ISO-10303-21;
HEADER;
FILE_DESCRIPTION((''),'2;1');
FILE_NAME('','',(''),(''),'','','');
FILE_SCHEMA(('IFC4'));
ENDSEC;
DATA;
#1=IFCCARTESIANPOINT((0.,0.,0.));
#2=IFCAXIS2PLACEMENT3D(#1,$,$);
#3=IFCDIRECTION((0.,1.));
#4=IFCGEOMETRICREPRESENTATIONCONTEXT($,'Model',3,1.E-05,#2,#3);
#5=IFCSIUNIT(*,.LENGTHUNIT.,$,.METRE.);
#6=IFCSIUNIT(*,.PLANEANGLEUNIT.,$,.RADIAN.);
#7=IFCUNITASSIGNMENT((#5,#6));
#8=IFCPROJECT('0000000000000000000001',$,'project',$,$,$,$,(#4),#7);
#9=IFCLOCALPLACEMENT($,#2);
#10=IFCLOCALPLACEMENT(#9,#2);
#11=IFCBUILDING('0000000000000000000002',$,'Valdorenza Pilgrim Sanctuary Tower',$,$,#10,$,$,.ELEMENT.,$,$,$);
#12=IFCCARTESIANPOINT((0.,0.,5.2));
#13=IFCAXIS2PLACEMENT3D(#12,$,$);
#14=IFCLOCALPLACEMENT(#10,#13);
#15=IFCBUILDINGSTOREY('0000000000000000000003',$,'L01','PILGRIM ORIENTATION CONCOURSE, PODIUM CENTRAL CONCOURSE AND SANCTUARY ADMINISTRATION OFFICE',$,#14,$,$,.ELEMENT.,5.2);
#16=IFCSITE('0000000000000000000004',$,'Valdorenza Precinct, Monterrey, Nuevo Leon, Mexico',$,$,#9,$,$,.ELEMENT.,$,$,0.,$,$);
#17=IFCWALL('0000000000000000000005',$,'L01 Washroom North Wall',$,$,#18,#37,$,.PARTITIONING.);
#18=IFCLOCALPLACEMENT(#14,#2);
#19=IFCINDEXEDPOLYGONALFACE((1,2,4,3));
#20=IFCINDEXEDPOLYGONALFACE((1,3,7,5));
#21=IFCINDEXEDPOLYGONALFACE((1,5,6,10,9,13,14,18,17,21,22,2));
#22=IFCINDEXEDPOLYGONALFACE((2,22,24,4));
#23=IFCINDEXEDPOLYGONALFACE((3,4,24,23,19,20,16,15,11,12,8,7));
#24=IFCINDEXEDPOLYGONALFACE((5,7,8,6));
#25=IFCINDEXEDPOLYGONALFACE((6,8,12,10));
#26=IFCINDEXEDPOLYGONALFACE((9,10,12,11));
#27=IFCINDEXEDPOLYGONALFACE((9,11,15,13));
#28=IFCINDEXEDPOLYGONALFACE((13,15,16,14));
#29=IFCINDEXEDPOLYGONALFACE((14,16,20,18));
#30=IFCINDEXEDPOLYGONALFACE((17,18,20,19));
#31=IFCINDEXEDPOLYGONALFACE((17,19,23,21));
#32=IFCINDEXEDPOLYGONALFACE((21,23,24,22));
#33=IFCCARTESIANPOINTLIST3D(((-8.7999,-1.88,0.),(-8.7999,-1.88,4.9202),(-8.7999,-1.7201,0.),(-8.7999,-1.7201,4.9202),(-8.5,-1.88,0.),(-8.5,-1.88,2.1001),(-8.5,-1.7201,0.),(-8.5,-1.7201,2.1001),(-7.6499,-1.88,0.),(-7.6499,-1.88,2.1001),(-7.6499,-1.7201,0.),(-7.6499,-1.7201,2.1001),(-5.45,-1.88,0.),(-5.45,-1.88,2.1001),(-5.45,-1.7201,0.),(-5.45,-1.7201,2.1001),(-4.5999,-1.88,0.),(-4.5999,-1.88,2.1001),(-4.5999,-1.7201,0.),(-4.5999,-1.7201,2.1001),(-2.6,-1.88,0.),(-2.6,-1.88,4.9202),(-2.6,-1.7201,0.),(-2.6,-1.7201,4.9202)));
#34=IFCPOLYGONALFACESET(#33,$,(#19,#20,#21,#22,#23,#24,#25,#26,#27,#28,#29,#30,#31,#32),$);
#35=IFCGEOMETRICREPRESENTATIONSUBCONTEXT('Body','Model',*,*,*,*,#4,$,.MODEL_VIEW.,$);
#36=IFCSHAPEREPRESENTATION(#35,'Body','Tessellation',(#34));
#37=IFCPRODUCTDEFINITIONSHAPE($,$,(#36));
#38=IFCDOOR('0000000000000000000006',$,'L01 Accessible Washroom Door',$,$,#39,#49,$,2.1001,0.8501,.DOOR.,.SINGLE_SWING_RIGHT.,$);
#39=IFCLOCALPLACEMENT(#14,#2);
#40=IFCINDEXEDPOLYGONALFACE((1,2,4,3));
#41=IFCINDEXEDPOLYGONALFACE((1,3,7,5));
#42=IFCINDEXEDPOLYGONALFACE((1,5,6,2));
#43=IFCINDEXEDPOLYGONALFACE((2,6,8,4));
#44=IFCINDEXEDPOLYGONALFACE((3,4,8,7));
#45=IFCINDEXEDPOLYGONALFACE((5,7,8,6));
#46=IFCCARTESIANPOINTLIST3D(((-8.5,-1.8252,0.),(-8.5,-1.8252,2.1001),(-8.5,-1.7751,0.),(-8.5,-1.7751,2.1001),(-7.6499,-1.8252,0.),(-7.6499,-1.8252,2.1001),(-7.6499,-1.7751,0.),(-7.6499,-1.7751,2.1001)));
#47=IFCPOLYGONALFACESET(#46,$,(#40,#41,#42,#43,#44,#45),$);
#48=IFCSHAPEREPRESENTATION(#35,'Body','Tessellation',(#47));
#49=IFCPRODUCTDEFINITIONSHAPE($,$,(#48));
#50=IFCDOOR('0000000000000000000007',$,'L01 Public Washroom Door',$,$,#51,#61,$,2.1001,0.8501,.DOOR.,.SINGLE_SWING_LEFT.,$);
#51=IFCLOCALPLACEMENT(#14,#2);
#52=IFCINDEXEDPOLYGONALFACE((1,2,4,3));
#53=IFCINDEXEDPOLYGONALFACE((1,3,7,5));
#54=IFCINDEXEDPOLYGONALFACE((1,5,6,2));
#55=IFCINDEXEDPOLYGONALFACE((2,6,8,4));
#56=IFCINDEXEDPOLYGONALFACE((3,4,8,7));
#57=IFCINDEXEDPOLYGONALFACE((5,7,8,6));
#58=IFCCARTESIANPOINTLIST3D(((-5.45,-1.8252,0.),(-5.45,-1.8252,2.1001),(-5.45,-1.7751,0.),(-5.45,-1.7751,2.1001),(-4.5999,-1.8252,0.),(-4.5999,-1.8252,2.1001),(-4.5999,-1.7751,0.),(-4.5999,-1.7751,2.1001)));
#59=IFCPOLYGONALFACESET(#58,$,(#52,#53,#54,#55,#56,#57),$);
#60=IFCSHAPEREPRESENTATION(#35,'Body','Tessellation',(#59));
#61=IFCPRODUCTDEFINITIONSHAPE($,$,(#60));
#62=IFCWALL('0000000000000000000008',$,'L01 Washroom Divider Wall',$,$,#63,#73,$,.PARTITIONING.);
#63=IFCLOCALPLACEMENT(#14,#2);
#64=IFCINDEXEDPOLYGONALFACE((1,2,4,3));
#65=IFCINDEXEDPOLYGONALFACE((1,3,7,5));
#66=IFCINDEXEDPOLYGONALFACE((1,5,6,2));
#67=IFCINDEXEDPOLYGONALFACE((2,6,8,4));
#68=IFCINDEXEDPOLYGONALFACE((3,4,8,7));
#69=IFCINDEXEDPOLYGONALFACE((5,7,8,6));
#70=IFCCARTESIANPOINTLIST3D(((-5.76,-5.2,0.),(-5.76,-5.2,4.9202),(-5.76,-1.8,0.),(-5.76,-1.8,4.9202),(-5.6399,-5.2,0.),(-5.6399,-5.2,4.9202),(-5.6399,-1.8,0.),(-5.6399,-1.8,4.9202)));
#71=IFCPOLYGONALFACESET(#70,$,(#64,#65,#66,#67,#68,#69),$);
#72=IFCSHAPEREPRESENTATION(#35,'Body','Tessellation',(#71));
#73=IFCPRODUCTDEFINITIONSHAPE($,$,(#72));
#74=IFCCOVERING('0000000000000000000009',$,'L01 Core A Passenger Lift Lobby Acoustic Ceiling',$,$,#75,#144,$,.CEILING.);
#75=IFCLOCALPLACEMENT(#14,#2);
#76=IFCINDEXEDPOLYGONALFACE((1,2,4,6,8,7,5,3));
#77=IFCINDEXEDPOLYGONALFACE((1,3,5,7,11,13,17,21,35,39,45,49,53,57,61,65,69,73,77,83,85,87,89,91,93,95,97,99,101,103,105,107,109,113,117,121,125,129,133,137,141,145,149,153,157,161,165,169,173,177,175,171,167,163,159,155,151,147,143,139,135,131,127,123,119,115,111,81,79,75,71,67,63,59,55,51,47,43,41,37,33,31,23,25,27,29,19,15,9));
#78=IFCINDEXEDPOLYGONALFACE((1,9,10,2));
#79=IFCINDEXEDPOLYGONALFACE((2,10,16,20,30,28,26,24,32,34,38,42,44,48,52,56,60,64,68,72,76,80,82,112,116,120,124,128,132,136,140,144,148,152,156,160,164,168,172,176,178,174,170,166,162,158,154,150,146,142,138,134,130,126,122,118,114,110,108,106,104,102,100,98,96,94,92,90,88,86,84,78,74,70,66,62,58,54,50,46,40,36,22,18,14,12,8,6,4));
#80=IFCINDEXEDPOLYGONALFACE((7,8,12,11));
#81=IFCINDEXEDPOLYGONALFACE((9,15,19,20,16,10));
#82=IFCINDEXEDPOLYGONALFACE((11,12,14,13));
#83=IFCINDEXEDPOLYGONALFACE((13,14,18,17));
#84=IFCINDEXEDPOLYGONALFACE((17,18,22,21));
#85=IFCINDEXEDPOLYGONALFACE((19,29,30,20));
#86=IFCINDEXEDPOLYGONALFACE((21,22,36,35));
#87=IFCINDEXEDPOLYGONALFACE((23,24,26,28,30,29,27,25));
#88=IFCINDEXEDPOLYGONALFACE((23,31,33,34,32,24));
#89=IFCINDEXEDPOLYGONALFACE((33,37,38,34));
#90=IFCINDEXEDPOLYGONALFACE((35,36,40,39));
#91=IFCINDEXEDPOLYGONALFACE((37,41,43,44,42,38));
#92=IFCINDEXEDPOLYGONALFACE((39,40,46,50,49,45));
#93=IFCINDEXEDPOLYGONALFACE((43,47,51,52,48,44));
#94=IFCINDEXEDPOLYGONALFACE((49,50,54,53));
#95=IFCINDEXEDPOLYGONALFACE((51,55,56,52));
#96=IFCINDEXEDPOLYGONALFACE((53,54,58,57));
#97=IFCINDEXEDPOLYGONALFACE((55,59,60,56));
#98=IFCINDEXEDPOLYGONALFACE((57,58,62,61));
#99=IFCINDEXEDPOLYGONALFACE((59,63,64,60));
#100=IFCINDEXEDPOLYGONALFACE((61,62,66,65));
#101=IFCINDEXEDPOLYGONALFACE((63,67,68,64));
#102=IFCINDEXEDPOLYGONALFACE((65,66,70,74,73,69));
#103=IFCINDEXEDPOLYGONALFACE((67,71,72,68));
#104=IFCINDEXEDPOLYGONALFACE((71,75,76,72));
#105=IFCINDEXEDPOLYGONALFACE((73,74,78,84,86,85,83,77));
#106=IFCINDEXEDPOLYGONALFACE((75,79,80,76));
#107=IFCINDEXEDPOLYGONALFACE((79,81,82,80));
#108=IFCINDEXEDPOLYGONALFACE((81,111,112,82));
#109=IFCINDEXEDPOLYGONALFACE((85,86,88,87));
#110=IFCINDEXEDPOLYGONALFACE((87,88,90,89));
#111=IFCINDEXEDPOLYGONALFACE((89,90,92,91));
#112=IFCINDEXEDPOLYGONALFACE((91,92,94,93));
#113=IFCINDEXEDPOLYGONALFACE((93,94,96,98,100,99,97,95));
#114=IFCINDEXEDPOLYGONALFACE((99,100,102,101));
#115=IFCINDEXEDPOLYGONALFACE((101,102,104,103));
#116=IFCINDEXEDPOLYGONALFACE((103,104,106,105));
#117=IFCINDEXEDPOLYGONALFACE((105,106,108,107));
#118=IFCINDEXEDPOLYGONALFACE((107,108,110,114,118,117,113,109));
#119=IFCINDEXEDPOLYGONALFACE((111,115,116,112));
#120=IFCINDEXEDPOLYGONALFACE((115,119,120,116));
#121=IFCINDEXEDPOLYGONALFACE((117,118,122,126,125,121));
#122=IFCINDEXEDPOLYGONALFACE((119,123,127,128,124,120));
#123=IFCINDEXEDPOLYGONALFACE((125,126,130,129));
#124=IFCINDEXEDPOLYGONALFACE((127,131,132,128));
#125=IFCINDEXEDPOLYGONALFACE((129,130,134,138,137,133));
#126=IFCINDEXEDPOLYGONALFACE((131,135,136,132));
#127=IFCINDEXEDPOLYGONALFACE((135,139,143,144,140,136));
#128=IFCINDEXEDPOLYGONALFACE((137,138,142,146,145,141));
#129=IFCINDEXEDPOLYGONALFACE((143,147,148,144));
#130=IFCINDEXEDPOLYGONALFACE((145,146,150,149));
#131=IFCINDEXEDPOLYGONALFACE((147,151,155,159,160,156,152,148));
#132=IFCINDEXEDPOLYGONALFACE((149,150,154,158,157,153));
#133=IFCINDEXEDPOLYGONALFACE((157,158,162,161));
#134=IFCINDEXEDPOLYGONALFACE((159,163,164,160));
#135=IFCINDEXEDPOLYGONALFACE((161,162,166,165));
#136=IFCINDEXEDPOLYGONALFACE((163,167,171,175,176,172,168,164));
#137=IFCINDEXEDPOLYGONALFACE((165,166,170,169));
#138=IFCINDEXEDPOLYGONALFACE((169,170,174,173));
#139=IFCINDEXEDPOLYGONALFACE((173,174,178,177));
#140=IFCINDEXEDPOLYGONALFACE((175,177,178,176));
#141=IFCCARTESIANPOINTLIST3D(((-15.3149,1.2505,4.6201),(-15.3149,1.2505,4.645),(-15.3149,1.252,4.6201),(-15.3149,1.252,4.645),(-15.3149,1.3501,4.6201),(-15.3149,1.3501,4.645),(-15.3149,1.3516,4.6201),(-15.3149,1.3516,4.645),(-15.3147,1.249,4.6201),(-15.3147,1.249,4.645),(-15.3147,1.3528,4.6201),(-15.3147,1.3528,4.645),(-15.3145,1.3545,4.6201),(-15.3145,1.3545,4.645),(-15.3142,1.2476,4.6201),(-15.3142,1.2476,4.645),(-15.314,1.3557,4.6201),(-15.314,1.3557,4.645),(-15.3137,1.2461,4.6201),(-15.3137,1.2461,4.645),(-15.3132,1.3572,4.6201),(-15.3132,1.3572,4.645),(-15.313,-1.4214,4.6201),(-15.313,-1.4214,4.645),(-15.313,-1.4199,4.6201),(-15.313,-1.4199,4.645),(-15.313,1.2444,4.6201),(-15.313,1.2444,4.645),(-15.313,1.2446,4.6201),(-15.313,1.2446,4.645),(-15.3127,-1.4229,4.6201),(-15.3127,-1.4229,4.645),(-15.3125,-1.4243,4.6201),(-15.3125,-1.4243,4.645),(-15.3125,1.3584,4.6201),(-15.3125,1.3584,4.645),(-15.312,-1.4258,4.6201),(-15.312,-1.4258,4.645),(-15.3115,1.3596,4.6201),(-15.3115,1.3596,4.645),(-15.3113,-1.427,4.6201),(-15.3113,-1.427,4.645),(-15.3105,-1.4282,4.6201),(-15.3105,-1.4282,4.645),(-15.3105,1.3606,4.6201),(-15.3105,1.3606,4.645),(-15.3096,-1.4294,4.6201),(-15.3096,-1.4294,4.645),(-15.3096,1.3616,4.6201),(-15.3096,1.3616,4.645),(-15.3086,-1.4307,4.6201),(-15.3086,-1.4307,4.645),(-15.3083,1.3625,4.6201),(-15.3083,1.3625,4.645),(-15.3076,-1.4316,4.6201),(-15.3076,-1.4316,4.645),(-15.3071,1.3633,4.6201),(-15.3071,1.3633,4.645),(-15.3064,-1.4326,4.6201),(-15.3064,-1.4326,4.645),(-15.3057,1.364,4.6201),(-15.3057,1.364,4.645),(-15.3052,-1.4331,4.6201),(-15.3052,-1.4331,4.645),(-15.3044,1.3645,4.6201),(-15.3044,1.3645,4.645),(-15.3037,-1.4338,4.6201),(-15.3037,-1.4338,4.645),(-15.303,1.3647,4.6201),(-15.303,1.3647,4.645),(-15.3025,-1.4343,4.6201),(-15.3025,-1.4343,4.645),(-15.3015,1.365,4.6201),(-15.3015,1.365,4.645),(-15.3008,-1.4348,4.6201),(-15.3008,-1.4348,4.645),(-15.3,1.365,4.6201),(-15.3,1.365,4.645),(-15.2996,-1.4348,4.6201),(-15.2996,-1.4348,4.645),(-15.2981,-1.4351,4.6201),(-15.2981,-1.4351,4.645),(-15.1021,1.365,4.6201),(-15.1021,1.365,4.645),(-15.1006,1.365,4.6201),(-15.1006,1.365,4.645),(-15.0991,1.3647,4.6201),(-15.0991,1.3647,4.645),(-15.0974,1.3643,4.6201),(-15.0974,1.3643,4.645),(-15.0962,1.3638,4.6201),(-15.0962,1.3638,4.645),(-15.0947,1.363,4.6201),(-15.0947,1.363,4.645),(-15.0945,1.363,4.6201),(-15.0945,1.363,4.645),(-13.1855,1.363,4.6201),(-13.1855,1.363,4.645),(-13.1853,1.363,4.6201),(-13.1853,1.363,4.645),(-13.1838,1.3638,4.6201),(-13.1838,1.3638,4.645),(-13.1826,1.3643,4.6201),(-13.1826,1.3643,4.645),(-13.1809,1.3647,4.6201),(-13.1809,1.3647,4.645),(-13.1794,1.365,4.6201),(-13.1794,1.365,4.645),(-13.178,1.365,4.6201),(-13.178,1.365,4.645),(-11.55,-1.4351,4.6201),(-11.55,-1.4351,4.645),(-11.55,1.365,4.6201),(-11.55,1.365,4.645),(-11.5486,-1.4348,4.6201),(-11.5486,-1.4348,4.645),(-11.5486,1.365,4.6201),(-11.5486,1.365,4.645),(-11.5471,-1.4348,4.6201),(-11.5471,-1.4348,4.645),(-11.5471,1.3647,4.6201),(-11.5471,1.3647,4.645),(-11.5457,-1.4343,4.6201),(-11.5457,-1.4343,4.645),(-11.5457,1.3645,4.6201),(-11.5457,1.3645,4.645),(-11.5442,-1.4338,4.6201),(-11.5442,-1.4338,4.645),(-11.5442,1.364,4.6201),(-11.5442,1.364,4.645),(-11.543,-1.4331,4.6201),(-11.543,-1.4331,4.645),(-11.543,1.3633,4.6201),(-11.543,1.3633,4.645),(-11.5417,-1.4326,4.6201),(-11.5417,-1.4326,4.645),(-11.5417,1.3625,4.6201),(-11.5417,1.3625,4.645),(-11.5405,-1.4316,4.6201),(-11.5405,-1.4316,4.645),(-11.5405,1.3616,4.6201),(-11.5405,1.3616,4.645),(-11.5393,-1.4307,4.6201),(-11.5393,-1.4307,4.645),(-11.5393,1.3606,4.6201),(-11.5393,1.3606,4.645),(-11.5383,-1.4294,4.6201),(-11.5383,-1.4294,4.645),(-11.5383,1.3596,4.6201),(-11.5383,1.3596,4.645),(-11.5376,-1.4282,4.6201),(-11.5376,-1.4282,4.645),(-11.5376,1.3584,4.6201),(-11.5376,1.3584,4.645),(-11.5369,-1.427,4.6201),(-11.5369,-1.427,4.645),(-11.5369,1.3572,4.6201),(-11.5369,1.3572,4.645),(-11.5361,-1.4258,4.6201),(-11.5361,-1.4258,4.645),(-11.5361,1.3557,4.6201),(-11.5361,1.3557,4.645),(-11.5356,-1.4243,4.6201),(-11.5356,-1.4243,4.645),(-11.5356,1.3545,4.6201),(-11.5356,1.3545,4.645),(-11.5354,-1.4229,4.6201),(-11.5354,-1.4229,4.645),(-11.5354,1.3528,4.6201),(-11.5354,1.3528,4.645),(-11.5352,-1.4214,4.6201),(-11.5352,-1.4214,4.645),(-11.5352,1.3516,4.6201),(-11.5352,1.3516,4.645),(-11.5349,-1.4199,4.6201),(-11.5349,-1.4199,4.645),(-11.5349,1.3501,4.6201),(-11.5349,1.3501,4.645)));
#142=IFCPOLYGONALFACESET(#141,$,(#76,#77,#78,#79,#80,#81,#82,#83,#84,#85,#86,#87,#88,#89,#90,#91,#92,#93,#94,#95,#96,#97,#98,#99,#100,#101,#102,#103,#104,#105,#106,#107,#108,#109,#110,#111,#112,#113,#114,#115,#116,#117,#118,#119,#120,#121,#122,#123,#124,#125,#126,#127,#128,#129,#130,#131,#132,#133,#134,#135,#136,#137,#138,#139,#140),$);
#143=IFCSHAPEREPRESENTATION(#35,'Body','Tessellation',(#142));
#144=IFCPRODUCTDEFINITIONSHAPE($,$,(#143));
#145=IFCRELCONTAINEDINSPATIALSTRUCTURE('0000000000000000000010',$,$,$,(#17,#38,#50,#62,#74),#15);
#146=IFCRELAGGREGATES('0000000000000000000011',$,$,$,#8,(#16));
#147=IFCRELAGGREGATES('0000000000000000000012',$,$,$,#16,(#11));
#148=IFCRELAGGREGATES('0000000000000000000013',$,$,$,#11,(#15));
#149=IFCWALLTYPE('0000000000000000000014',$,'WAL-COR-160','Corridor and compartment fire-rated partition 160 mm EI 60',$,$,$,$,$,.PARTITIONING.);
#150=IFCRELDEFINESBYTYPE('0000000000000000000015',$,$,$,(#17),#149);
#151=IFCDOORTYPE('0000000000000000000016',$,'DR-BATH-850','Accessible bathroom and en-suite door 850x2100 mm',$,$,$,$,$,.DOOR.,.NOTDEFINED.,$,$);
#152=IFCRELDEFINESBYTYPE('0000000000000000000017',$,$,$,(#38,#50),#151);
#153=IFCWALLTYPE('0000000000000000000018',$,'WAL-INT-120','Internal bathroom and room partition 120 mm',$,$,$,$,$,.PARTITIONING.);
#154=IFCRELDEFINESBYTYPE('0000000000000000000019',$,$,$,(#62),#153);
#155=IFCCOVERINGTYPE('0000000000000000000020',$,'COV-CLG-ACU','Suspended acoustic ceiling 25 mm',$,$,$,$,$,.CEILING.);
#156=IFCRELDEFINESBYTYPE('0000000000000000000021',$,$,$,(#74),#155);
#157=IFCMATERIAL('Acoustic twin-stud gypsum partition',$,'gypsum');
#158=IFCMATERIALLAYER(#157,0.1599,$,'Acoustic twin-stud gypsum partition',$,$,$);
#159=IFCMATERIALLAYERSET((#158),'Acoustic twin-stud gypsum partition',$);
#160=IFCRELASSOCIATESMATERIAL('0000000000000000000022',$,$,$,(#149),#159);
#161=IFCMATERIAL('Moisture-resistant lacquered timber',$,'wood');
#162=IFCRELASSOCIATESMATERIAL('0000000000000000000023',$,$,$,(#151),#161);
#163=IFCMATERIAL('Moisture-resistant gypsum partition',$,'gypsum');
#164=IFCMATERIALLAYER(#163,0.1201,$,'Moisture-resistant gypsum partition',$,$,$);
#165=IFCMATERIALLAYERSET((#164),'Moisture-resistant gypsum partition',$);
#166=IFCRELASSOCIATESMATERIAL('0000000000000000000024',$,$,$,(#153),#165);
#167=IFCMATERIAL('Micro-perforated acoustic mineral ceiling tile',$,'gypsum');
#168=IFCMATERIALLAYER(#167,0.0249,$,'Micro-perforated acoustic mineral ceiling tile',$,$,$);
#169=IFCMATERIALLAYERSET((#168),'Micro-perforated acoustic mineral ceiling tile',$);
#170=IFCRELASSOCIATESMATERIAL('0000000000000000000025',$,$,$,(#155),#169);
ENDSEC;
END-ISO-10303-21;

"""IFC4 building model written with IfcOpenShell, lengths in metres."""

from ifc_helpers import new_model, si_unit, direction, frame, frame_2d, origin, place, context, subcontext, project, spatial, polyline, rectangle, outline, extrude, material, layer, layer_set, type_object, element, fill, save


model = new_model("IFC4")

# Units and contexts
model_context = context("Model", 3, precision=1e-05, world=origin(), true_north=direction((0.0, 1.0)))
body_context = subcontext(model_context, "Body", "Model", "MODEL_VIEW")
ifc_project = project(units=[si_unit("LENGTHUNIT", "METRE"), si_unit("PLANEANGLEUNIT", "RADIAN")], contexts=[model_context])

# Site, building, storey
site_placement = place(None, origin())
site = spatial("IfcSite", under=ifc_project, at=site_placement, Name="Valdorenza Precinct, Monterrey, Nuevo Leon, Mexico", CompositionType="ELEMENT", RefElevation=0.0)
building_placement = place(site_placement, origin())
building = spatial("IfcBuilding", under=site, at=building_placement, Name="Valdorenza Pilgrim Sanctuary Tower", CompositionType="ELEMENT")
storey_placement = place(building_placement, frame((0.0, 0.0, 5.2)))
storey = spatial("IfcBuildingStorey", under=building, at=storey_placement, Name="L01", Description="PILGRIM ORIENTATION CONCOURSE, PODIUM CENTRAL CONCOURSE AND SANCTUARY ADMINISTRATION OFFICE", CompositionType="ELEMENT", Elevation=5.2)

# Shared definitions
ifc_material_1 = material(Name="Acoustic twin-stud gypsum partition", Category="gypsum")
ifc_layer_1 = layer(ifc_material_1, 0.1599, Name="Acoustic twin-stud gypsum partition")
ifc_layer_set_1 = layer_set([ifc_layer_1], Name="Acoustic twin-stud gypsum partition")
wall_type_1 = type_object("IfcWallType", Name="WAL-COR-160", Description="Corridor and compartment fire-rated partition 160 mm EI 60", PredefinedType="PARTITIONING", material=ifc_layer_set_1)

# Wall, openings, doors
wall_1_placement = place(storey_placement, frame((-8.8, -1.8, 0.0), z_axis=(0.0, 0.0, 1.0), x_axis=(1.0, 0.0, 0.0)))
wall_1 = element("IfcWall", 1, at=wall_1_placement, inside=storey, type_object=wall_type_1, Name="L01 Washroom North Wall", PredefinedType="PARTITIONING", context=body_context, shape_type="SweptSolid", body=[
    extrude(rectangle(XDim=6.2, YDim=0.1599, at=frame_2d((3.1001, 0.0))), origin(), (0.0, 0.0, 1.0), 4.9202),
])
opening_1_placement = place(wall_1_placement, frame((0.3, 0.0, 0.0)))
opening_1 = element("IfcOpeningElement", 2, at=opening_1_placement, cuts=wall_1, PredefinedType="OPENING", context=body_context, shape_type="SweptSolid", body=[
    extrude(rectangle(XDim=0.8501, YDim=2.1001, at=frame_2d((0.425, 1.05))), frame((0.0, 0.0947, 0.0), z_axis=(0.0, -1.0, 0.0), x_axis=(1.0, 0.0, 0.0)), (0.0, 0.0, 1.0), 0.1897),
])
opening_2_placement = place(wall_1_placement, frame((3.3501, 0.0, 0.0)))
opening_2 = element("IfcOpeningElement", 3, at=opening_2_placement, cuts=wall_1, PredefinedType="OPENING", context=body_context, shape_type="SweptSolid", body=[
    extrude(rectangle(XDim=0.8501, YDim=2.1001, at=frame_2d((0.425, 1.05))), frame((0.0, 0.0947, 0.0), z_axis=(0.0, -1.0, 0.0), x_axis=(1.0, 0.0, 0.0)), (0.0, 0.0, 1.0), 0.1897),
])
ifc_material_2 = material(Name="Moisture-resistant lacquered timber", Category="wood")
door_type = type_object("IfcDoorType", Name="DR-BATH-850", Description="Accessible bathroom and en-suite door 850x2100 mm", OperationType="NOTDEFINED", PredefinedType="DOOR", material=ifc_material_2)
door_1_placement = place(opening_1_placement, origin())
door_1 = element("IfcDoor", 4, at=door_1_placement, inside=storey, type_object=door_type, Name="L01 Accessible Washroom Door", OperationType="SINGLE_SWING_RIGHT", OverallHeight=2.1001, OverallWidth=0.8501, PredefinedType="DOOR", context=body_context, shape_type="SweptSolid", body=[
    extrude(rectangle(XDim=0.8501, YDim=2.1001, at=frame_2d((0.425, 1.05))), frame((0.0, 0.0249, 0.0), z_axis=(0.0, -1.0, 0.0), x_axis=(1.0, 0.0, 0.0)), (0.0, 0.0, 1.0), 0.05),
])
fill(opening_1, door_1)
door_2_placement = place(opening_2_placement, origin())
door_2 = element("IfcDoor", 5, at=door_2_placement, inside=storey, type_object=door_type, Name="L01 Public Washroom Door", OperationType="SINGLE_SWING_LEFT", OverallHeight=2.1001, OverallWidth=0.8501, PredefinedType="DOOR", context=body_context, shape_type="SweptSolid", body=[
    extrude(rectangle(XDim=0.8501, YDim=2.1001, at=frame_2d((0.425, 1.05))), frame((0.0, 0.0249, 0.0), z_axis=(0.0, -1.0, 0.0), x_axis=(1.0, 0.0, 0.0)), (0.0, 0.0, 1.0), 0.05),
])
fill(opening_2, door_2)

# Wall
ifc_material_3 = material(Name="Moisture-resistant gypsum partition", Category="gypsum")
ifc_layer_2 = layer(ifc_material_3, 0.1201, Name="Moisture-resistant gypsum partition")
ifc_layer_set_2 = layer_set([ifc_layer_2], Name="Moisture-resistant gypsum partition")
wall_type_2 = type_object("IfcWallType", Name="WAL-INT-120", Description="Internal bathroom and room partition 120 mm", PredefinedType="PARTITIONING", material=ifc_layer_set_2)
wall_2_placement = place(storey_placement, frame((-5.7, -5.2, 0.0), z_axis=(0.0, 0.0, 1.0), x_axis=(0.0, 1.0, 0.0)))
element("IfcWall", 6, at=wall_2_placement, inside=storey, type_object=wall_type_2, Name="L01 Washroom Divider Wall", PredefinedType="PARTITIONING", context=body_context, shape_type="SweptSolid", body=[
    extrude(rectangle(XDim=3.3999, YDim=0.1201, at=frame_2d((1.7, 0.0))), origin(), (0.0, 0.0, 1.0), 4.9202),
])

# Covering
ifc_material_4 = material(Name="Micro-perforated acoustic mineral ceiling tile", Category="gypsum")
ifc_layer_3 = layer(ifc_material_4, 0.0249, Name="Micro-perforated acoustic mineral ceiling tile")
ifc_layer_set_3 = layer_set([ifc_layer_3], Name="Micro-perforated acoustic mineral ceiling tile")
covering_type_1 = type_object("IfcCoveringType", Name="COV-CLG-ACU", Description="Suspended acoustic ceiling 25 mm", PredefinedType="CEILING", material=ifc_layer_set_3)
covering_1_placement = place(storey_placement, frame((0.0, 0.0, 4.6201)))
element("IfcCovering", 7, at=covering_1_placement, inside=storey, type_object=covering_type_1, Name="L01 Core A Passenger Lift Lobby Acoustic Ceiling", PredefinedType="CEILING", context=body_context, shape_type="SweptSolid", body=[
    extrude(outline(polyline([(-15.313, 1.2444), (-15.313, 1.2446), (-15.3137, 1.2461), (-15.3142, 1.2476), (-15.3147, 1.249), (-15.3149, 1.2505), (-15.3149, 1.252), (-15.3149, 1.3501), (-15.3149, 1.3516), (-15.3147, 1.3528), (-15.3145, 1.3545), (-15.314, 1.3557), (-15.3132, 1.3572), (-15.3125, 1.3584), (-15.3115, 1.3596), (-15.3105, 1.3606), (-15.3096, 1.3616), (-15.3083, 1.3625), (-15.3071, 1.3633), (-15.3057, 1.364), (-15.3044, 1.3645), (-15.303, 1.3647), (-15.3015, 1.365), (-15.3, 1.365), (-15.1021, 1.365), (-15.1006, 1.365), (-15.0991, 1.3647), (-15.0974, 1.3643), (-15.0962, 1.3638), (-15.0947, 1.363), (-15.0945, 1.363), (-13.1855, 1.363), (-13.1853, 1.363), (-13.1838, 1.3638), (-13.1826, 1.3643), (-13.1809, 1.3647), (-13.1794, 1.365), (-13.178, 1.365), (-11.55, 1.365), (-11.5486, 1.365), (-11.5471, 1.3647), (-11.5457, 1.3645), (-11.5442, 1.364), (-11.543, 1.3633), (-11.5417, 1.3625), (-11.5405, 1.3616), (-11.5393, 1.3606), (-11.5383, 1.3596), (-11.5376, 1.3584), (-11.5369, 1.3572), (-11.5361, 1.3557), (-11.5356, 1.3545), (-11.5354, 1.3528), (-11.5352, 1.3516), (-11.5349, 1.3501), (-11.5349, -1.4199), (-11.5352, -1.4214), (-11.5354, -1.4229), (-11.5356, -1.4243), (-11.5361, -1.4258), (-11.5369, -1.427), (-11.5376, -1.4282), (-11.5383, -1.4294), (-11.5393, -1.4307), (-11.5405, -1.4316), (-11.5417, -1.4326), (-11.543, -1.4331), (-11.5442, -1.4338), (-11.5457, -1.4343), (-11.5471, -1.4348), (-11.5486, -1.4348), (-11.55, -1.4351), (-15.2981, -1.4351), (-15.2996, -1.4348), (-15.3008, -1.4348), (-15.3025, -1.4343), (-15.3037, -1.4338), (-15.3052, -1.4331), (-15.3064, -1.4326), (-15.3076, -1.4316), (-15.3086, -1.4307), (-15.3096, -1.4294), (-15.3105, -1.4282), (-15.3113, -1.427), (-15.312, -1.4258), (-15.3125, -1.4243), (-15.3127, -1.4229), (-15.313, -1.4214), (-15.313, -1.4199), (-15.313, 1.2444)])), origin(), (0.0, 0.0, 1.0), 0.0249),
])

save(model, "model.ifc")
